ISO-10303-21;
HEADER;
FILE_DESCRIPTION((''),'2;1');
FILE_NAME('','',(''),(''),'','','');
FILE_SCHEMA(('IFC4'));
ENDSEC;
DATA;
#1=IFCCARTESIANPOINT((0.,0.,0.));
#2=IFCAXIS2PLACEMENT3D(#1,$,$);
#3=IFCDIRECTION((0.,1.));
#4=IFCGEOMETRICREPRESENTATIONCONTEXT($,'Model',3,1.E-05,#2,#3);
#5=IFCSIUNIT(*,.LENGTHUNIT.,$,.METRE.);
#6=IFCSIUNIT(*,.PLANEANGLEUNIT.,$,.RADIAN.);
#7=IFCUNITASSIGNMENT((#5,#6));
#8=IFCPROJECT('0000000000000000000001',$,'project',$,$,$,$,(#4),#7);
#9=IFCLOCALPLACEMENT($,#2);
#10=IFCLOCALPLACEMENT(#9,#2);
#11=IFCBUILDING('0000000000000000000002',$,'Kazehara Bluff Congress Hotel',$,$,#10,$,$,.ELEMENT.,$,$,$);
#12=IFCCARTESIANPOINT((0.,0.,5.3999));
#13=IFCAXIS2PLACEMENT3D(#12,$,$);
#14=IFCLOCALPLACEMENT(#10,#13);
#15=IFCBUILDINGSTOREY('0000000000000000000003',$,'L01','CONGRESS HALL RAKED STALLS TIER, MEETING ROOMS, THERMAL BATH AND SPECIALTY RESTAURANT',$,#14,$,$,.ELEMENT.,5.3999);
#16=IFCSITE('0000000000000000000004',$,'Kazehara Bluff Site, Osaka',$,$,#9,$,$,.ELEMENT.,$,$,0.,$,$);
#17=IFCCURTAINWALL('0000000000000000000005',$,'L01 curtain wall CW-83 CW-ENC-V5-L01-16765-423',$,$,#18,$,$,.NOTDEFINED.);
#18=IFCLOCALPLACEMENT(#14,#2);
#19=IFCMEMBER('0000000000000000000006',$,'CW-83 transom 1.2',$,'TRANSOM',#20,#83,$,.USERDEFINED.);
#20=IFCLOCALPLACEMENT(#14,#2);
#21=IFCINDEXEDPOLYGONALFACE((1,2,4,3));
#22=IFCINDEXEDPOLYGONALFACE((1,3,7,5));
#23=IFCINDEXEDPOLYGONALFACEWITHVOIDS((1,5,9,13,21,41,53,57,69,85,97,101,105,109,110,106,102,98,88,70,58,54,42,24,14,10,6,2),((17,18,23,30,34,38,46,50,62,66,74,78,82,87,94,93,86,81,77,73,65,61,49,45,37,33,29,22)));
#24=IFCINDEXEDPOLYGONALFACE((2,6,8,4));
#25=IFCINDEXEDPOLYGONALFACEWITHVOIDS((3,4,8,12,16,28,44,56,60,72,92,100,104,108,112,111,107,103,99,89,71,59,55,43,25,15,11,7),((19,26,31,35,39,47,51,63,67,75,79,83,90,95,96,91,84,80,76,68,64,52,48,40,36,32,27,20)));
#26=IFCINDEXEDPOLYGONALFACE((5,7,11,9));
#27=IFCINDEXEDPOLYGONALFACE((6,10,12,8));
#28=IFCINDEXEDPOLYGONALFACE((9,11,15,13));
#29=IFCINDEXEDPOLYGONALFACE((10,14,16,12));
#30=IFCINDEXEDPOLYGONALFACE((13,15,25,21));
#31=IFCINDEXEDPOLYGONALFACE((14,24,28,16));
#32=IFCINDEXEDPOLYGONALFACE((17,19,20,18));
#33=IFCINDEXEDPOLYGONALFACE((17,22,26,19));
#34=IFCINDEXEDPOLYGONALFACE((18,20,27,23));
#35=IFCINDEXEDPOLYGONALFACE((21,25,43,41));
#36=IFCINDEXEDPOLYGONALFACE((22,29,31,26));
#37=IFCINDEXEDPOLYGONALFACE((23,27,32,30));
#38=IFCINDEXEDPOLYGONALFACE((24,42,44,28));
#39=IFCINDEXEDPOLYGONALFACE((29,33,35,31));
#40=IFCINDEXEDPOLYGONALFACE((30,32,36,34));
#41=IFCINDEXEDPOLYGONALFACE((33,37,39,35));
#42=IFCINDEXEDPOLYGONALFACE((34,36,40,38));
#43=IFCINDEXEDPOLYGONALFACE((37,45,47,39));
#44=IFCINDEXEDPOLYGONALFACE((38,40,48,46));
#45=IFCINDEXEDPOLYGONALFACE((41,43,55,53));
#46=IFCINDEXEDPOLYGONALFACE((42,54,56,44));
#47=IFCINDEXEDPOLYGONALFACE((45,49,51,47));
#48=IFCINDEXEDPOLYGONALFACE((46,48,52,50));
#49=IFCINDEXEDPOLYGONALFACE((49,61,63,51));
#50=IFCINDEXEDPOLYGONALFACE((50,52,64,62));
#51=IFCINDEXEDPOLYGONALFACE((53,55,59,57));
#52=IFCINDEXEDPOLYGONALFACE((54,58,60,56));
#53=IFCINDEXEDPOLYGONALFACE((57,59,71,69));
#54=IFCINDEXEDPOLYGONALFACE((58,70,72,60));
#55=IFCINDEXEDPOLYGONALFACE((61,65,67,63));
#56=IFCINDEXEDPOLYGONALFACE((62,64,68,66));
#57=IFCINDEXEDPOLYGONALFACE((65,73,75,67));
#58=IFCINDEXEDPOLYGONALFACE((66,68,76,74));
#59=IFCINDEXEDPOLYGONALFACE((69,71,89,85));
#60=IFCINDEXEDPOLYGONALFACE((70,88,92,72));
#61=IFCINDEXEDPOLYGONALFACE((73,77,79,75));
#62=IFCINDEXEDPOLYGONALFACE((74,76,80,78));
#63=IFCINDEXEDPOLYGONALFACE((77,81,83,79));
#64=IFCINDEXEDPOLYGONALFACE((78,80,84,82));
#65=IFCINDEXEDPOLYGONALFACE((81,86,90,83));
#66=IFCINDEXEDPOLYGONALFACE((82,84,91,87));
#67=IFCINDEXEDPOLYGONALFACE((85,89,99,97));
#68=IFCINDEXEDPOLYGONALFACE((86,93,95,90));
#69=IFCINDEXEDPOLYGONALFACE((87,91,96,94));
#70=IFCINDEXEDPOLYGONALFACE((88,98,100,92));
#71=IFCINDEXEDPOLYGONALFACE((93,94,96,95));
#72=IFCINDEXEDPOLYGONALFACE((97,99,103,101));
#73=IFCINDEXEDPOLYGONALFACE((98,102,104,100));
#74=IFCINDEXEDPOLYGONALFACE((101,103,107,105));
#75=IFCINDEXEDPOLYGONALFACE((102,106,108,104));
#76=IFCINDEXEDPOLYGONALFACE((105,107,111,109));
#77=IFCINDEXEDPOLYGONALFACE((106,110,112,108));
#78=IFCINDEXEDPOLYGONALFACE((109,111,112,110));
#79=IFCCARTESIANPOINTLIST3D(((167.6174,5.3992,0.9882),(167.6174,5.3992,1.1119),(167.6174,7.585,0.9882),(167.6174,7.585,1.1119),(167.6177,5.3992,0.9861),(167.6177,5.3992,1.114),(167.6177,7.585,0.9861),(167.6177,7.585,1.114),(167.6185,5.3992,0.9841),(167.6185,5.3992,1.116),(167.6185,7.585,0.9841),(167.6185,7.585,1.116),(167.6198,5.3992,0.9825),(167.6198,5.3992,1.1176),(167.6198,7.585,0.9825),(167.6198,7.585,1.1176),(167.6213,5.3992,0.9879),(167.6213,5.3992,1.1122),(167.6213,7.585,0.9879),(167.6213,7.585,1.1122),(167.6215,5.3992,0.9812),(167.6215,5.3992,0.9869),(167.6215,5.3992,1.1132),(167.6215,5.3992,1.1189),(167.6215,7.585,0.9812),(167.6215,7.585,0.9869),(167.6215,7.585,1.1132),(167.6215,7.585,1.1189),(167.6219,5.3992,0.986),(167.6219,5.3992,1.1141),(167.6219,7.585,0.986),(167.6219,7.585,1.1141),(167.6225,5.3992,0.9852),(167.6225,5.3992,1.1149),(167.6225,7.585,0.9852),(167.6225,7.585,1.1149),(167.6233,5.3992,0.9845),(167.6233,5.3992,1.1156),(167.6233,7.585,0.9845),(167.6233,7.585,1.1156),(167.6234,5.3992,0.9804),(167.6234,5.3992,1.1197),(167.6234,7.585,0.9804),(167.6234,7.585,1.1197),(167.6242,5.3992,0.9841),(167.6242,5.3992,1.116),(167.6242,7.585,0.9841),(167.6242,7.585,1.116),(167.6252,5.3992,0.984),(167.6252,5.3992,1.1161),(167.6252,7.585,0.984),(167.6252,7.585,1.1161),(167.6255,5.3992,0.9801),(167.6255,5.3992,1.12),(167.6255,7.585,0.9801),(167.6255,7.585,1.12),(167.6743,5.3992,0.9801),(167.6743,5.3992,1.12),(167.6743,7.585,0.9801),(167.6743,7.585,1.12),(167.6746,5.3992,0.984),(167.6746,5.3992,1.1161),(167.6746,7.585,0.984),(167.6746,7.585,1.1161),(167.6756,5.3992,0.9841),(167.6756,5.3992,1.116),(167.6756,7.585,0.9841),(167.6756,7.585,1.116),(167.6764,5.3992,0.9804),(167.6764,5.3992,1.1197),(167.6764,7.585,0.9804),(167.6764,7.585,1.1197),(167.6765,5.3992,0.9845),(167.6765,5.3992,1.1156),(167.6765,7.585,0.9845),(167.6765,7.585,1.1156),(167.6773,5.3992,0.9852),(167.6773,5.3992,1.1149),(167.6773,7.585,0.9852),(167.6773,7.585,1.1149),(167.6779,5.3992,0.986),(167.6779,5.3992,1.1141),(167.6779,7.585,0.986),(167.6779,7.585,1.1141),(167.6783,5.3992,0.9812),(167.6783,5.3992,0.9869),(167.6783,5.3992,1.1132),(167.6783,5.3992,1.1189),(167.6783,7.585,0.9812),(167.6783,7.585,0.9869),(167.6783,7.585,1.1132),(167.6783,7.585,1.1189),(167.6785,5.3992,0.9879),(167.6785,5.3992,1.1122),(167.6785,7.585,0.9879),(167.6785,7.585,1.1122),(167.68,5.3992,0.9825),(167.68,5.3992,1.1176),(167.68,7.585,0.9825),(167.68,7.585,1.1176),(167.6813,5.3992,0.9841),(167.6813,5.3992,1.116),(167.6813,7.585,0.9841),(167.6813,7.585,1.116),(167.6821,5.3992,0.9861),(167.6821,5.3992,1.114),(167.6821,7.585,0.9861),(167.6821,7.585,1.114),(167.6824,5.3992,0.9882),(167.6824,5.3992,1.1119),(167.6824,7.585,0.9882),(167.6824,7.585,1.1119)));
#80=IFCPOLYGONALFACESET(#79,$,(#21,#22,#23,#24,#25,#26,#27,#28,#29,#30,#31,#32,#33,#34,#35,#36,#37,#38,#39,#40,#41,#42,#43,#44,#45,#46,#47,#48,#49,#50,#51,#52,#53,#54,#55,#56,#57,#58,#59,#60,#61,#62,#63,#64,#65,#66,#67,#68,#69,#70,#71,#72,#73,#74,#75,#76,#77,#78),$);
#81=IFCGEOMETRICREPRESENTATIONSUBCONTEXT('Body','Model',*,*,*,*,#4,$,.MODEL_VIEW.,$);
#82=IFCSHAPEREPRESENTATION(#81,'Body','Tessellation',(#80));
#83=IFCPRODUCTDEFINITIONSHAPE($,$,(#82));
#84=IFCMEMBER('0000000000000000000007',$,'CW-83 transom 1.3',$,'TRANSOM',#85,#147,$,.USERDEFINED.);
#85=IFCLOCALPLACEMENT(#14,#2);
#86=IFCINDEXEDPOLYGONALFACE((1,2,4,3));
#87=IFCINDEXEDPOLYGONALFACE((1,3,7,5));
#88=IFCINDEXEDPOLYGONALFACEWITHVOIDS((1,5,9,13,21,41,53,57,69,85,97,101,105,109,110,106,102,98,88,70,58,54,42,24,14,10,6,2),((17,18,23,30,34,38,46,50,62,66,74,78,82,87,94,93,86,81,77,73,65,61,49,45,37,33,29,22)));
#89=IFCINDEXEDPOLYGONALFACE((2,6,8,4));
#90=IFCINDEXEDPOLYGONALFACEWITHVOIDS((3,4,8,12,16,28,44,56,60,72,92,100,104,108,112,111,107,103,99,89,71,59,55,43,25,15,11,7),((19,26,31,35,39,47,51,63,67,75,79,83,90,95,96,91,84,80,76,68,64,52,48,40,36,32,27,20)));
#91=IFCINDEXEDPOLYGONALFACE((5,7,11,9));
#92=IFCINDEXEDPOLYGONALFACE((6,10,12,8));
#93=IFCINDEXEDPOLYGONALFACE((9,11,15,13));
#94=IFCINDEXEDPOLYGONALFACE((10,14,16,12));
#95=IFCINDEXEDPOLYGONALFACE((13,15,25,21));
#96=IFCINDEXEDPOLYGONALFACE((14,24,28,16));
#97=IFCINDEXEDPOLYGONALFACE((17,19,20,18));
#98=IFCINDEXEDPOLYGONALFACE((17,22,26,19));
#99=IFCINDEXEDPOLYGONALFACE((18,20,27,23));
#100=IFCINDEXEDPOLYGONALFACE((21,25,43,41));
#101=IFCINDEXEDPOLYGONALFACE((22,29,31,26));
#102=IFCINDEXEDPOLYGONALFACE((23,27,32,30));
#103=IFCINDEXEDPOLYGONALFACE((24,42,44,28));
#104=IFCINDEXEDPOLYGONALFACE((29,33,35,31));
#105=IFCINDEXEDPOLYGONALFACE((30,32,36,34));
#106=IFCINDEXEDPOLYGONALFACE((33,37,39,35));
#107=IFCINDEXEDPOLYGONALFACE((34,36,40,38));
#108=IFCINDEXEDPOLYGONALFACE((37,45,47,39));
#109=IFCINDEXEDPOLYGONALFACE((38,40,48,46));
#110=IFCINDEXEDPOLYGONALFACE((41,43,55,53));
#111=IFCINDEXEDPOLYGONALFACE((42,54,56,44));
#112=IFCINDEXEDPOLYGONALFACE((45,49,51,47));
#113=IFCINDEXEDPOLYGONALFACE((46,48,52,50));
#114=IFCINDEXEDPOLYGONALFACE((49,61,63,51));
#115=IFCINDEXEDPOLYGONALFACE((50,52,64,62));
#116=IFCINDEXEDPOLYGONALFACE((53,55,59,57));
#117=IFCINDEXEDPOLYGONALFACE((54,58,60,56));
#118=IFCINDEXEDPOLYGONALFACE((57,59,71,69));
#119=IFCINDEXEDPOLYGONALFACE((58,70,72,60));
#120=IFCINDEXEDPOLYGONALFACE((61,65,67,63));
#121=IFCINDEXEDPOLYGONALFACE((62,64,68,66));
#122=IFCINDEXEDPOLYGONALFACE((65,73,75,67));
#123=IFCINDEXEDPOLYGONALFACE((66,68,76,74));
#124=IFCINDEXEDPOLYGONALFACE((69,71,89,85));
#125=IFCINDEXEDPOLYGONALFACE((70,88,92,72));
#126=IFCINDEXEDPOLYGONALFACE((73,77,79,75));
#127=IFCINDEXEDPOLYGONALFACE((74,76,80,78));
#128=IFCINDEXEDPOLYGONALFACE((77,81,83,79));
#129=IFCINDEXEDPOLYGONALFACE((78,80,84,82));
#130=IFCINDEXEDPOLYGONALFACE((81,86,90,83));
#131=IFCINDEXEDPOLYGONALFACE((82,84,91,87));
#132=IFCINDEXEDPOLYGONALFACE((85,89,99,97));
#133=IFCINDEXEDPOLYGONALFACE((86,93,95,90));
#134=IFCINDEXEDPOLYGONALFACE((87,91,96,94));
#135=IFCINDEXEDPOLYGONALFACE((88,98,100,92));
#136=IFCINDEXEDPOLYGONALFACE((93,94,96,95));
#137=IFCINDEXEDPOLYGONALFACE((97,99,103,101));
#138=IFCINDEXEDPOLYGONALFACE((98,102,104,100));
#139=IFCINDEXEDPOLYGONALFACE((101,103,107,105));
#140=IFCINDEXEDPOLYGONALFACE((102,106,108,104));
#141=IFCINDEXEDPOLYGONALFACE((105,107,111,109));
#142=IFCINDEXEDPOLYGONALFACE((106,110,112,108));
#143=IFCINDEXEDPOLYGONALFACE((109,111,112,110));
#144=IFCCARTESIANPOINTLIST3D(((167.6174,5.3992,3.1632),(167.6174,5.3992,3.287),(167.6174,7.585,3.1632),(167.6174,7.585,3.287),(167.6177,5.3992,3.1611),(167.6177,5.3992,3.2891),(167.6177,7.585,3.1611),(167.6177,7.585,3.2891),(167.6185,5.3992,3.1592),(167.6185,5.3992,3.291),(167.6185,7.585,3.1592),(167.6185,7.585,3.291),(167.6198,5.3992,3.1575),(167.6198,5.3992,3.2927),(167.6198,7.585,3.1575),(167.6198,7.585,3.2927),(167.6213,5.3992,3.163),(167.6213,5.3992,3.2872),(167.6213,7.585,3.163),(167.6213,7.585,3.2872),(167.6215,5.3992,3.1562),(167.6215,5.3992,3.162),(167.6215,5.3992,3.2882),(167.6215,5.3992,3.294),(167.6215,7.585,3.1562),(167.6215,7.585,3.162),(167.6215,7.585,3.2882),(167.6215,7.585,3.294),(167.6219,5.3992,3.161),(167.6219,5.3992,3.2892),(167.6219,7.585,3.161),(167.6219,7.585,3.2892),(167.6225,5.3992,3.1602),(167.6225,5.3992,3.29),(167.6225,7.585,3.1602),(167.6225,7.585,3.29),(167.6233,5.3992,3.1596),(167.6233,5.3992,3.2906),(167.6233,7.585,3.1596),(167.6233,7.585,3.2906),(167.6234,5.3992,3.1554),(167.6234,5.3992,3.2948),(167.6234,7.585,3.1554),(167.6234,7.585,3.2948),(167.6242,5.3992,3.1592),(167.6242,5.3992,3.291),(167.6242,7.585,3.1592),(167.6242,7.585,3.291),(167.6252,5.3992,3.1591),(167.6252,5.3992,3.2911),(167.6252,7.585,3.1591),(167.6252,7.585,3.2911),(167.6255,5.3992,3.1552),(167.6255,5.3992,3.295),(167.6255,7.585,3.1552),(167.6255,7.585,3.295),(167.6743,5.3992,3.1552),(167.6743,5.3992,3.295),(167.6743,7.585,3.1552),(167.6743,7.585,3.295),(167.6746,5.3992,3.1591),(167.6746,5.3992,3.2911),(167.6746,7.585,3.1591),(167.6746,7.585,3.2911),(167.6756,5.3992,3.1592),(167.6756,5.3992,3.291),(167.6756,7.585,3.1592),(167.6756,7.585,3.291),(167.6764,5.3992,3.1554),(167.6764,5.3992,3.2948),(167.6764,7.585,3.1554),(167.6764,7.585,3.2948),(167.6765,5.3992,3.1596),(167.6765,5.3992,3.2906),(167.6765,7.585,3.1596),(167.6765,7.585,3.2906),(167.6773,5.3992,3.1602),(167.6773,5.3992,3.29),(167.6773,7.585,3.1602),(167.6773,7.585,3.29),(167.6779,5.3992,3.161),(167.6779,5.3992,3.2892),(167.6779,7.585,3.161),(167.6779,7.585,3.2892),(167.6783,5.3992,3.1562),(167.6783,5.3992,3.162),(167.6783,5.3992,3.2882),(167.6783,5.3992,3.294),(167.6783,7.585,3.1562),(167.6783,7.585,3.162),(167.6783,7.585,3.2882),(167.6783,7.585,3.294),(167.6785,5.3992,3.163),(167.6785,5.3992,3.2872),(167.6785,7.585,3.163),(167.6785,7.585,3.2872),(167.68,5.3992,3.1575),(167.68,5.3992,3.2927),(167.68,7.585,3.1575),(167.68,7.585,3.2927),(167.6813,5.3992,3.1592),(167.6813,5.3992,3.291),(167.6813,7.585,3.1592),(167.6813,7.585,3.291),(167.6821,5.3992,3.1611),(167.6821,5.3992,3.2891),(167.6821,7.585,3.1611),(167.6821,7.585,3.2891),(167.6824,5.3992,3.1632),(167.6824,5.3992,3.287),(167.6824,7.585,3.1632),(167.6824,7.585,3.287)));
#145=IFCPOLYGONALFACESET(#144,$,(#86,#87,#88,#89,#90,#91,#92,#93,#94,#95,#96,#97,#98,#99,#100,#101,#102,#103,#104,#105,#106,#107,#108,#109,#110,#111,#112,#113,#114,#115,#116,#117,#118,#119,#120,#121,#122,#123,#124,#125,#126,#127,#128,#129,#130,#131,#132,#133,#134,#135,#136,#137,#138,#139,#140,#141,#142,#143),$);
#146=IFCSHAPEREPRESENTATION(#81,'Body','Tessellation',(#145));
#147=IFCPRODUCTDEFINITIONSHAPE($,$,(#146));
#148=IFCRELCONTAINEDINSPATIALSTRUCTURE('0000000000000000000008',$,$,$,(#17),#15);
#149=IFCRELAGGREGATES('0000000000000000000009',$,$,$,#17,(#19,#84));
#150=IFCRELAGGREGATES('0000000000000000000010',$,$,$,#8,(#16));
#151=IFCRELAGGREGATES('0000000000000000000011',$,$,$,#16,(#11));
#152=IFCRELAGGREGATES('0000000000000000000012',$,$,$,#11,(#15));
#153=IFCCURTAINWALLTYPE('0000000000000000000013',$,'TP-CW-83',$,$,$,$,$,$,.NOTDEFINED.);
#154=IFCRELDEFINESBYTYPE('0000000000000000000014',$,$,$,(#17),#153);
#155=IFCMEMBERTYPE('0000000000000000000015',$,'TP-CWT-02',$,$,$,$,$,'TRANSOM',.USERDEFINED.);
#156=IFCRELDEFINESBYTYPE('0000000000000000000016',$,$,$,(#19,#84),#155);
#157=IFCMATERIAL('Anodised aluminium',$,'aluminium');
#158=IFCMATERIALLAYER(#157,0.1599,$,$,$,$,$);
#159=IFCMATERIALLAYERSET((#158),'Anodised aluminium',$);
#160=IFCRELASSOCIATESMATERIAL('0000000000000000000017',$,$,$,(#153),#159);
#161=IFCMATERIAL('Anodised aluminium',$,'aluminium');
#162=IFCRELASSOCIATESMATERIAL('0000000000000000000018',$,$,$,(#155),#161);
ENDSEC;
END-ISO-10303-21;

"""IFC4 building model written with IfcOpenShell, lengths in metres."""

from ifc_helpers import new_model, si_unit, direction, frame, origin, origin_2d, place, context, subcontext, project, spatial, hollow_rectangle, extrude, material, layer, layer_set, material_profile, profile_set, type_object, element, aggregate, save


model = new_model("IFC4")

# Units and contexts
model_context = context("Model", 3, precision=1e-05, world=origin(), true_north=direction((0.0, 1.0)))
body_context = subcontext(model_context, "Body", "Model", "MODEL_VIEW")
ifc_project = project(units=[si_unit("LENGTHUNIT", "METRE"), si_unit("PLANEANGLEUNIT", "RADIAN")], contexts=[model_context])

# Site, building, storey
site_placement = place(None, origin())
site = spatial("IfcSite", under=ifc_project, at=site_placement, Name="Kazehara Bluff Site, Osaka", CompositionType="ELEMENT", RefElevation=0.0)
building_placement = place(site_placement, origin())
building = spatial("IfcBuilding", under=site, at=building_placement, Name="Kazehara Bluff Congress Hotel", CompositionType="ELEMENT")
storey_placement = place(building_placement, frame((0.0, 0.0, 5.3999)))
storey = spatial("IfcBuildingStorey", under=building, at=storey_placement, Name="L01", Description="CONGRESS HALL RAKED STALLS TIER, MEETING ROOMS, THERMAL BATH AND SPECIALTY RESTAURANT", CompositionType="ELEMENT", Elevation=5.3999)

# Curtain wall
ifc_material_1 = material(Name="Anodised aluminium", Category="aluminium")
ifc_layer_1 = layer(ifc_material_1, 0.1599)
ifc_layer_set_1 = layer_set([ifc_layer_1], Name="Anodised aluminium")
curtain_wall_type_1 = type_object("IfcCurtainWallType", Name="TP-CW-83", PredefinedType="NOTDEFINED", material=ifc_layer_set_1)
curtain_wall_1_placement = place(storey_placement, origin())
curtain_wall_1 = element("IfcCurtainWall", 1, at=curtain_wall_1_placement, inside=storey, type_object=curtain_wall_type_1, Name="L01 curtain wall CW-83 CW-ENC-V5-L01-16765-423", PredefinedType="NOTDEFINED")

# Members
ifc_material_2 = material(Name="Anodised aluminium", Category="aluminium")
ifc_material_profile_1 = material_profile(ifc_material_2, hollow_rectangle(XDim=0.0649, YDim=0.1399, WallThickness=0.0039, InnerFilletRadius=0.0039, OuterFilletRadius=0.0081, at=origin_2d()))
ifc_profile_set_1 = profile_set([ifc_material_profile_1], Name="Anodised aluminium")
member_type_1 = type_object("IfcMemberType", Name="TP-CWT-02", ElementType="TRANSOM", PredefinedType="USERDEFINED", material=ifc_profile_set_1)
member_1_placement = place(storey_placement, frame((167.6499, 7.585, 1.05), z_axis=(0.0, -1.0, 0.0), x_axis=(1.0, 0.0, 0.0)))
member_1 = element("IfcMember", 2, at=member_1_placement, type_object=member_type_1, Name="CW-83 transom 1.2", ObjectType="TRANSOM", PredefinedType="USERDEFINED", context=body_context, shape_type="SweptSolid", body=[
    extrude(hollow_rectangle(XDim=0.0649, YDim=0.1399, WallThickness=0.0039, InnerFilletRadius=0.0039, OuterFilletRadius=0.0081, at=origin_2d()), origin(), (0.0, 0.0, 1.0), 2.1858),
])
member_2_placement = place(storey_placement, frame((167.6499, 7.585, 3.2251), z_axis=(0.0, -1.0, 0.0), x_axis=(1.0, 0.0, 0.0)))
member_2 = element("IfcMember", 3, at=member_2_placement, type_object=member_type_1, Name="CW-83 transom 1.3", ObjectType="TRANSOM", PredefinedType="USERDEFINED", context=body_context, shape_type="SweptSolid", body=[
    extrude(hollow_rectangle(XDim=0.0649, YDim=0.1399, WallThickness=0.0039, InnerFilletRadius=0.0039, OuterFilletRadius=0.0081, at=origin_2d()), origin(), (0.0, 0.0, 1.0), 2.1858),
])

aggregate(curtain_wall_1, [member_1, member_2])

save(model, "model.ifc")
